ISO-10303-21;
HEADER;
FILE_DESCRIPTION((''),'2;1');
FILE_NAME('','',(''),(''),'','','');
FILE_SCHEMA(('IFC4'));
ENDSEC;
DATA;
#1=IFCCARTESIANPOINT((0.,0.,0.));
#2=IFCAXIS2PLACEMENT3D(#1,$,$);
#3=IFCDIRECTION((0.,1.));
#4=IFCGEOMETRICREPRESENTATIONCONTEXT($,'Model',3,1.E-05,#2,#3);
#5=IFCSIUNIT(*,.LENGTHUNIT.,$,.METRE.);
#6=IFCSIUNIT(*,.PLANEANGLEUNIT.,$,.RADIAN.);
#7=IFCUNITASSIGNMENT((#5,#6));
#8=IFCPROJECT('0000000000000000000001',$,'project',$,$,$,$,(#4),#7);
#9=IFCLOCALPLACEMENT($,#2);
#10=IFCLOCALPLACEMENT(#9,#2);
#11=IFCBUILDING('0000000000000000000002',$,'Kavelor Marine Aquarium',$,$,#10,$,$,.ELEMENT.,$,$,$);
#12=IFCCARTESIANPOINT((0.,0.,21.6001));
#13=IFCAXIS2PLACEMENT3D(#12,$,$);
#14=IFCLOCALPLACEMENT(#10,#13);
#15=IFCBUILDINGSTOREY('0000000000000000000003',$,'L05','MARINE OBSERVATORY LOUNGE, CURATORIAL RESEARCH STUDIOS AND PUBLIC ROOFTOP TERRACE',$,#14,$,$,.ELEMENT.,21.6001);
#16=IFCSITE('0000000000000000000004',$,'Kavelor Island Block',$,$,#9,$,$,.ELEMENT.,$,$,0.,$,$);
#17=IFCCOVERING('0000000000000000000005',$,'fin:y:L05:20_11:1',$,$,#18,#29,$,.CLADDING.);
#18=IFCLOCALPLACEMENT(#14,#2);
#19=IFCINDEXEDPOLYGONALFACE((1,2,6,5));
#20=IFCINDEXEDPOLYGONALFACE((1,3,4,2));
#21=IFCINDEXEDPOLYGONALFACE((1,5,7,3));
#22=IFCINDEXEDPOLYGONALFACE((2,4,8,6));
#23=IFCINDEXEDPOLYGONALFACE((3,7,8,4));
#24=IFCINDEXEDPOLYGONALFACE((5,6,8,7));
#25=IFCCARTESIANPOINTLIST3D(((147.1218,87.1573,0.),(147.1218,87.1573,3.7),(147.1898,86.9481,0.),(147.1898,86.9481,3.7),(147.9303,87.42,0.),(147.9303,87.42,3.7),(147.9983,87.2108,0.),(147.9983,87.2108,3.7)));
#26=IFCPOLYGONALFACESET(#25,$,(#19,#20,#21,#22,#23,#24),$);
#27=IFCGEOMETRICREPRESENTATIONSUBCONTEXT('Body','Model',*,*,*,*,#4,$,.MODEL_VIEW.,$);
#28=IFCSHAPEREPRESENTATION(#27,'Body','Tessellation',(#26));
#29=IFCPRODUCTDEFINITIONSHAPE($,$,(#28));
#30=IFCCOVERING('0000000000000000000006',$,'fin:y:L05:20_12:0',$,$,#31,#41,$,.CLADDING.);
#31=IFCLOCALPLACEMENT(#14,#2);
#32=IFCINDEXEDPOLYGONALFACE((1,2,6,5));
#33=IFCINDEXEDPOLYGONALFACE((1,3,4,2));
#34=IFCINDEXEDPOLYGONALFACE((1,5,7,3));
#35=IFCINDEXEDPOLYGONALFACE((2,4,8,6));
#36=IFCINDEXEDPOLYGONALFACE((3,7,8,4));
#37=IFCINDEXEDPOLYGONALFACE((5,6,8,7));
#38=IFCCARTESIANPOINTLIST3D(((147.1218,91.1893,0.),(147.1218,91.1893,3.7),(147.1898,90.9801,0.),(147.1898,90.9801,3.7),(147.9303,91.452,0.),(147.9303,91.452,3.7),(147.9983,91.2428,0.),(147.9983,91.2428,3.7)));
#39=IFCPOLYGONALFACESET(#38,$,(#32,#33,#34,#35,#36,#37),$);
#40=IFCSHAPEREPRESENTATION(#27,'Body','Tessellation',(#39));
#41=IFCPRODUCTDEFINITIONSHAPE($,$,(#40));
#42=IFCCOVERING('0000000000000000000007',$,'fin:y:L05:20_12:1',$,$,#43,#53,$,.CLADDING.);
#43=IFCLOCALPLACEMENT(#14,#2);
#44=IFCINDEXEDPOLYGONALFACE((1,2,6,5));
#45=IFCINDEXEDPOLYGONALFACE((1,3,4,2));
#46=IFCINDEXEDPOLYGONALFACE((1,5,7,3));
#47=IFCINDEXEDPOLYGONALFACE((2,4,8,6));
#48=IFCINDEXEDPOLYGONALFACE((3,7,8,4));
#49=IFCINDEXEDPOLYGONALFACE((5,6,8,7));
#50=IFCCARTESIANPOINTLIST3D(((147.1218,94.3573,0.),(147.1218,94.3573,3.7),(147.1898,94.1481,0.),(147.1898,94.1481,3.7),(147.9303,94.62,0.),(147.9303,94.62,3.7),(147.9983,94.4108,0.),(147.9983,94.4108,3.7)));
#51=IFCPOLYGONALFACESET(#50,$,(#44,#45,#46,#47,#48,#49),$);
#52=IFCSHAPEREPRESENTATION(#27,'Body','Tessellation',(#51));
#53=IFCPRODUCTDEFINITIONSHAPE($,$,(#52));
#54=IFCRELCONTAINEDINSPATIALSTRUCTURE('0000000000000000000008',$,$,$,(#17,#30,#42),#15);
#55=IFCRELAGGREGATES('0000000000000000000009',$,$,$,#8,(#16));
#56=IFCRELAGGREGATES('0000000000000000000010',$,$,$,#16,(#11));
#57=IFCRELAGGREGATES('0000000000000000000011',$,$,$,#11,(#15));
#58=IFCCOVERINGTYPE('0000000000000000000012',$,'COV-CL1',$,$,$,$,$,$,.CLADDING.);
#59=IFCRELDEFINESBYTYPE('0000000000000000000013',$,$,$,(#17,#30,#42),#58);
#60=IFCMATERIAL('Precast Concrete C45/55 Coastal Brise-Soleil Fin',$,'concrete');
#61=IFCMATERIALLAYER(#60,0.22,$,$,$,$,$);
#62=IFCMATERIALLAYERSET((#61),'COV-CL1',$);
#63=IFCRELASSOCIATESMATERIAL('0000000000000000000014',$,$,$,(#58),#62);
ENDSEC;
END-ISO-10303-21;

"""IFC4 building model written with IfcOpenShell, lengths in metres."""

from ifc_helpers import new_model, si_unit, direction, frame, origin, origin_2d, place, context, subcontext, project, spatial, rectangle, extrude, material, layer, layer_set, type_object, element, save


model = new_model("IFC4")

# Units and contexts
model_context = context("Model", 3, precision=1e-05, world=origin(), true_north=direction((0.0, 1.0)))
body_context = subcontext(model_context, "Body", "Model", "MODEL_VIEW")
ifc_project = project(units=[si_unit("LENGTHUNIT", "METRE"), si_unit("PLANEANGLEUNIT", "RADIAN")], contexts=[model_context])

# Site, building, storey
site_placement = place(None, origin())
site = spatial("IfcSite", under=ifc_project, at=site_placement, Name="Kavelor Island Block", CompositionType="ELEMENT", RefElevation=0.0)
building_placement = place(site_placement, origin())
building = spatial("IfcBuilding", under=site, at=building_placement, Name="Kavelor Marine Aquarium", CompositionType="ELEMENT")
storey_placement = place(building_placement, frame((0.0, 0.0, 21.6001)))
storey = spatial("IfcBuildingStorey", under=building, at=storey_placement, Name="L05", Description="MARINE OBSERVATORY LOUNGE, CURATORIAL RESEARCH STUDIOS AND PUBLIC ROOFTOP TERRACE", CompositionType="ELEMENT", Elevation=21.6001)

# Coverings
ifc_material_1 = material(Name="Precast Concrete C45/55 Coastal Brise-Soleil Fin", Category="concrete")
ifc_layer_1 = layer(ifc_material_1, 0.22)
ifc_layer_set_1 = layer_set([ifc_layer_1], Name="COV-CL1")
covering_type = type_object("IfcCoveringType", Name="COV-CL1", PredefinedType="CLADDING", material=ifc_layer_set_1)
for number, where, z_axis, x_axis, name in (
    (1, (147.5601, 87.1841, 0.0), (0.0, 0.0, 1.0), (0.951057, 0.309017, 0.0), "fin:y:L05:20_11:1"),
    (2, (147.5601, 91.2161, 0.0), (0.0, 0.0, 1.0), (0.951057, 0.309017, 0.0), "fin:y:L05:20_12:0"),
    (3, (147.5601, 94.384, 0.0), (0.0, 0.0, 1.0), (0.951057, 0.309017, 0.0), "fin:y:L05:20_12:1"),
):
    element("IfcCovering", number, at=place(storey_placement, frame(where, z_axis=z_axis, x_axis=x_axis)), inside=storey, type_object=covering_type, Name=name, PredefinedType="CLADDING", context=body_context, shape_type="SweptSolid", body=[
        extrude(rectangle(XDim=0.8501, YDim=0.22, at=origin_2d()), origin(), (0.0, 0.0, 1.0), 3.7),
    ])

save(model, "model.ifc")
